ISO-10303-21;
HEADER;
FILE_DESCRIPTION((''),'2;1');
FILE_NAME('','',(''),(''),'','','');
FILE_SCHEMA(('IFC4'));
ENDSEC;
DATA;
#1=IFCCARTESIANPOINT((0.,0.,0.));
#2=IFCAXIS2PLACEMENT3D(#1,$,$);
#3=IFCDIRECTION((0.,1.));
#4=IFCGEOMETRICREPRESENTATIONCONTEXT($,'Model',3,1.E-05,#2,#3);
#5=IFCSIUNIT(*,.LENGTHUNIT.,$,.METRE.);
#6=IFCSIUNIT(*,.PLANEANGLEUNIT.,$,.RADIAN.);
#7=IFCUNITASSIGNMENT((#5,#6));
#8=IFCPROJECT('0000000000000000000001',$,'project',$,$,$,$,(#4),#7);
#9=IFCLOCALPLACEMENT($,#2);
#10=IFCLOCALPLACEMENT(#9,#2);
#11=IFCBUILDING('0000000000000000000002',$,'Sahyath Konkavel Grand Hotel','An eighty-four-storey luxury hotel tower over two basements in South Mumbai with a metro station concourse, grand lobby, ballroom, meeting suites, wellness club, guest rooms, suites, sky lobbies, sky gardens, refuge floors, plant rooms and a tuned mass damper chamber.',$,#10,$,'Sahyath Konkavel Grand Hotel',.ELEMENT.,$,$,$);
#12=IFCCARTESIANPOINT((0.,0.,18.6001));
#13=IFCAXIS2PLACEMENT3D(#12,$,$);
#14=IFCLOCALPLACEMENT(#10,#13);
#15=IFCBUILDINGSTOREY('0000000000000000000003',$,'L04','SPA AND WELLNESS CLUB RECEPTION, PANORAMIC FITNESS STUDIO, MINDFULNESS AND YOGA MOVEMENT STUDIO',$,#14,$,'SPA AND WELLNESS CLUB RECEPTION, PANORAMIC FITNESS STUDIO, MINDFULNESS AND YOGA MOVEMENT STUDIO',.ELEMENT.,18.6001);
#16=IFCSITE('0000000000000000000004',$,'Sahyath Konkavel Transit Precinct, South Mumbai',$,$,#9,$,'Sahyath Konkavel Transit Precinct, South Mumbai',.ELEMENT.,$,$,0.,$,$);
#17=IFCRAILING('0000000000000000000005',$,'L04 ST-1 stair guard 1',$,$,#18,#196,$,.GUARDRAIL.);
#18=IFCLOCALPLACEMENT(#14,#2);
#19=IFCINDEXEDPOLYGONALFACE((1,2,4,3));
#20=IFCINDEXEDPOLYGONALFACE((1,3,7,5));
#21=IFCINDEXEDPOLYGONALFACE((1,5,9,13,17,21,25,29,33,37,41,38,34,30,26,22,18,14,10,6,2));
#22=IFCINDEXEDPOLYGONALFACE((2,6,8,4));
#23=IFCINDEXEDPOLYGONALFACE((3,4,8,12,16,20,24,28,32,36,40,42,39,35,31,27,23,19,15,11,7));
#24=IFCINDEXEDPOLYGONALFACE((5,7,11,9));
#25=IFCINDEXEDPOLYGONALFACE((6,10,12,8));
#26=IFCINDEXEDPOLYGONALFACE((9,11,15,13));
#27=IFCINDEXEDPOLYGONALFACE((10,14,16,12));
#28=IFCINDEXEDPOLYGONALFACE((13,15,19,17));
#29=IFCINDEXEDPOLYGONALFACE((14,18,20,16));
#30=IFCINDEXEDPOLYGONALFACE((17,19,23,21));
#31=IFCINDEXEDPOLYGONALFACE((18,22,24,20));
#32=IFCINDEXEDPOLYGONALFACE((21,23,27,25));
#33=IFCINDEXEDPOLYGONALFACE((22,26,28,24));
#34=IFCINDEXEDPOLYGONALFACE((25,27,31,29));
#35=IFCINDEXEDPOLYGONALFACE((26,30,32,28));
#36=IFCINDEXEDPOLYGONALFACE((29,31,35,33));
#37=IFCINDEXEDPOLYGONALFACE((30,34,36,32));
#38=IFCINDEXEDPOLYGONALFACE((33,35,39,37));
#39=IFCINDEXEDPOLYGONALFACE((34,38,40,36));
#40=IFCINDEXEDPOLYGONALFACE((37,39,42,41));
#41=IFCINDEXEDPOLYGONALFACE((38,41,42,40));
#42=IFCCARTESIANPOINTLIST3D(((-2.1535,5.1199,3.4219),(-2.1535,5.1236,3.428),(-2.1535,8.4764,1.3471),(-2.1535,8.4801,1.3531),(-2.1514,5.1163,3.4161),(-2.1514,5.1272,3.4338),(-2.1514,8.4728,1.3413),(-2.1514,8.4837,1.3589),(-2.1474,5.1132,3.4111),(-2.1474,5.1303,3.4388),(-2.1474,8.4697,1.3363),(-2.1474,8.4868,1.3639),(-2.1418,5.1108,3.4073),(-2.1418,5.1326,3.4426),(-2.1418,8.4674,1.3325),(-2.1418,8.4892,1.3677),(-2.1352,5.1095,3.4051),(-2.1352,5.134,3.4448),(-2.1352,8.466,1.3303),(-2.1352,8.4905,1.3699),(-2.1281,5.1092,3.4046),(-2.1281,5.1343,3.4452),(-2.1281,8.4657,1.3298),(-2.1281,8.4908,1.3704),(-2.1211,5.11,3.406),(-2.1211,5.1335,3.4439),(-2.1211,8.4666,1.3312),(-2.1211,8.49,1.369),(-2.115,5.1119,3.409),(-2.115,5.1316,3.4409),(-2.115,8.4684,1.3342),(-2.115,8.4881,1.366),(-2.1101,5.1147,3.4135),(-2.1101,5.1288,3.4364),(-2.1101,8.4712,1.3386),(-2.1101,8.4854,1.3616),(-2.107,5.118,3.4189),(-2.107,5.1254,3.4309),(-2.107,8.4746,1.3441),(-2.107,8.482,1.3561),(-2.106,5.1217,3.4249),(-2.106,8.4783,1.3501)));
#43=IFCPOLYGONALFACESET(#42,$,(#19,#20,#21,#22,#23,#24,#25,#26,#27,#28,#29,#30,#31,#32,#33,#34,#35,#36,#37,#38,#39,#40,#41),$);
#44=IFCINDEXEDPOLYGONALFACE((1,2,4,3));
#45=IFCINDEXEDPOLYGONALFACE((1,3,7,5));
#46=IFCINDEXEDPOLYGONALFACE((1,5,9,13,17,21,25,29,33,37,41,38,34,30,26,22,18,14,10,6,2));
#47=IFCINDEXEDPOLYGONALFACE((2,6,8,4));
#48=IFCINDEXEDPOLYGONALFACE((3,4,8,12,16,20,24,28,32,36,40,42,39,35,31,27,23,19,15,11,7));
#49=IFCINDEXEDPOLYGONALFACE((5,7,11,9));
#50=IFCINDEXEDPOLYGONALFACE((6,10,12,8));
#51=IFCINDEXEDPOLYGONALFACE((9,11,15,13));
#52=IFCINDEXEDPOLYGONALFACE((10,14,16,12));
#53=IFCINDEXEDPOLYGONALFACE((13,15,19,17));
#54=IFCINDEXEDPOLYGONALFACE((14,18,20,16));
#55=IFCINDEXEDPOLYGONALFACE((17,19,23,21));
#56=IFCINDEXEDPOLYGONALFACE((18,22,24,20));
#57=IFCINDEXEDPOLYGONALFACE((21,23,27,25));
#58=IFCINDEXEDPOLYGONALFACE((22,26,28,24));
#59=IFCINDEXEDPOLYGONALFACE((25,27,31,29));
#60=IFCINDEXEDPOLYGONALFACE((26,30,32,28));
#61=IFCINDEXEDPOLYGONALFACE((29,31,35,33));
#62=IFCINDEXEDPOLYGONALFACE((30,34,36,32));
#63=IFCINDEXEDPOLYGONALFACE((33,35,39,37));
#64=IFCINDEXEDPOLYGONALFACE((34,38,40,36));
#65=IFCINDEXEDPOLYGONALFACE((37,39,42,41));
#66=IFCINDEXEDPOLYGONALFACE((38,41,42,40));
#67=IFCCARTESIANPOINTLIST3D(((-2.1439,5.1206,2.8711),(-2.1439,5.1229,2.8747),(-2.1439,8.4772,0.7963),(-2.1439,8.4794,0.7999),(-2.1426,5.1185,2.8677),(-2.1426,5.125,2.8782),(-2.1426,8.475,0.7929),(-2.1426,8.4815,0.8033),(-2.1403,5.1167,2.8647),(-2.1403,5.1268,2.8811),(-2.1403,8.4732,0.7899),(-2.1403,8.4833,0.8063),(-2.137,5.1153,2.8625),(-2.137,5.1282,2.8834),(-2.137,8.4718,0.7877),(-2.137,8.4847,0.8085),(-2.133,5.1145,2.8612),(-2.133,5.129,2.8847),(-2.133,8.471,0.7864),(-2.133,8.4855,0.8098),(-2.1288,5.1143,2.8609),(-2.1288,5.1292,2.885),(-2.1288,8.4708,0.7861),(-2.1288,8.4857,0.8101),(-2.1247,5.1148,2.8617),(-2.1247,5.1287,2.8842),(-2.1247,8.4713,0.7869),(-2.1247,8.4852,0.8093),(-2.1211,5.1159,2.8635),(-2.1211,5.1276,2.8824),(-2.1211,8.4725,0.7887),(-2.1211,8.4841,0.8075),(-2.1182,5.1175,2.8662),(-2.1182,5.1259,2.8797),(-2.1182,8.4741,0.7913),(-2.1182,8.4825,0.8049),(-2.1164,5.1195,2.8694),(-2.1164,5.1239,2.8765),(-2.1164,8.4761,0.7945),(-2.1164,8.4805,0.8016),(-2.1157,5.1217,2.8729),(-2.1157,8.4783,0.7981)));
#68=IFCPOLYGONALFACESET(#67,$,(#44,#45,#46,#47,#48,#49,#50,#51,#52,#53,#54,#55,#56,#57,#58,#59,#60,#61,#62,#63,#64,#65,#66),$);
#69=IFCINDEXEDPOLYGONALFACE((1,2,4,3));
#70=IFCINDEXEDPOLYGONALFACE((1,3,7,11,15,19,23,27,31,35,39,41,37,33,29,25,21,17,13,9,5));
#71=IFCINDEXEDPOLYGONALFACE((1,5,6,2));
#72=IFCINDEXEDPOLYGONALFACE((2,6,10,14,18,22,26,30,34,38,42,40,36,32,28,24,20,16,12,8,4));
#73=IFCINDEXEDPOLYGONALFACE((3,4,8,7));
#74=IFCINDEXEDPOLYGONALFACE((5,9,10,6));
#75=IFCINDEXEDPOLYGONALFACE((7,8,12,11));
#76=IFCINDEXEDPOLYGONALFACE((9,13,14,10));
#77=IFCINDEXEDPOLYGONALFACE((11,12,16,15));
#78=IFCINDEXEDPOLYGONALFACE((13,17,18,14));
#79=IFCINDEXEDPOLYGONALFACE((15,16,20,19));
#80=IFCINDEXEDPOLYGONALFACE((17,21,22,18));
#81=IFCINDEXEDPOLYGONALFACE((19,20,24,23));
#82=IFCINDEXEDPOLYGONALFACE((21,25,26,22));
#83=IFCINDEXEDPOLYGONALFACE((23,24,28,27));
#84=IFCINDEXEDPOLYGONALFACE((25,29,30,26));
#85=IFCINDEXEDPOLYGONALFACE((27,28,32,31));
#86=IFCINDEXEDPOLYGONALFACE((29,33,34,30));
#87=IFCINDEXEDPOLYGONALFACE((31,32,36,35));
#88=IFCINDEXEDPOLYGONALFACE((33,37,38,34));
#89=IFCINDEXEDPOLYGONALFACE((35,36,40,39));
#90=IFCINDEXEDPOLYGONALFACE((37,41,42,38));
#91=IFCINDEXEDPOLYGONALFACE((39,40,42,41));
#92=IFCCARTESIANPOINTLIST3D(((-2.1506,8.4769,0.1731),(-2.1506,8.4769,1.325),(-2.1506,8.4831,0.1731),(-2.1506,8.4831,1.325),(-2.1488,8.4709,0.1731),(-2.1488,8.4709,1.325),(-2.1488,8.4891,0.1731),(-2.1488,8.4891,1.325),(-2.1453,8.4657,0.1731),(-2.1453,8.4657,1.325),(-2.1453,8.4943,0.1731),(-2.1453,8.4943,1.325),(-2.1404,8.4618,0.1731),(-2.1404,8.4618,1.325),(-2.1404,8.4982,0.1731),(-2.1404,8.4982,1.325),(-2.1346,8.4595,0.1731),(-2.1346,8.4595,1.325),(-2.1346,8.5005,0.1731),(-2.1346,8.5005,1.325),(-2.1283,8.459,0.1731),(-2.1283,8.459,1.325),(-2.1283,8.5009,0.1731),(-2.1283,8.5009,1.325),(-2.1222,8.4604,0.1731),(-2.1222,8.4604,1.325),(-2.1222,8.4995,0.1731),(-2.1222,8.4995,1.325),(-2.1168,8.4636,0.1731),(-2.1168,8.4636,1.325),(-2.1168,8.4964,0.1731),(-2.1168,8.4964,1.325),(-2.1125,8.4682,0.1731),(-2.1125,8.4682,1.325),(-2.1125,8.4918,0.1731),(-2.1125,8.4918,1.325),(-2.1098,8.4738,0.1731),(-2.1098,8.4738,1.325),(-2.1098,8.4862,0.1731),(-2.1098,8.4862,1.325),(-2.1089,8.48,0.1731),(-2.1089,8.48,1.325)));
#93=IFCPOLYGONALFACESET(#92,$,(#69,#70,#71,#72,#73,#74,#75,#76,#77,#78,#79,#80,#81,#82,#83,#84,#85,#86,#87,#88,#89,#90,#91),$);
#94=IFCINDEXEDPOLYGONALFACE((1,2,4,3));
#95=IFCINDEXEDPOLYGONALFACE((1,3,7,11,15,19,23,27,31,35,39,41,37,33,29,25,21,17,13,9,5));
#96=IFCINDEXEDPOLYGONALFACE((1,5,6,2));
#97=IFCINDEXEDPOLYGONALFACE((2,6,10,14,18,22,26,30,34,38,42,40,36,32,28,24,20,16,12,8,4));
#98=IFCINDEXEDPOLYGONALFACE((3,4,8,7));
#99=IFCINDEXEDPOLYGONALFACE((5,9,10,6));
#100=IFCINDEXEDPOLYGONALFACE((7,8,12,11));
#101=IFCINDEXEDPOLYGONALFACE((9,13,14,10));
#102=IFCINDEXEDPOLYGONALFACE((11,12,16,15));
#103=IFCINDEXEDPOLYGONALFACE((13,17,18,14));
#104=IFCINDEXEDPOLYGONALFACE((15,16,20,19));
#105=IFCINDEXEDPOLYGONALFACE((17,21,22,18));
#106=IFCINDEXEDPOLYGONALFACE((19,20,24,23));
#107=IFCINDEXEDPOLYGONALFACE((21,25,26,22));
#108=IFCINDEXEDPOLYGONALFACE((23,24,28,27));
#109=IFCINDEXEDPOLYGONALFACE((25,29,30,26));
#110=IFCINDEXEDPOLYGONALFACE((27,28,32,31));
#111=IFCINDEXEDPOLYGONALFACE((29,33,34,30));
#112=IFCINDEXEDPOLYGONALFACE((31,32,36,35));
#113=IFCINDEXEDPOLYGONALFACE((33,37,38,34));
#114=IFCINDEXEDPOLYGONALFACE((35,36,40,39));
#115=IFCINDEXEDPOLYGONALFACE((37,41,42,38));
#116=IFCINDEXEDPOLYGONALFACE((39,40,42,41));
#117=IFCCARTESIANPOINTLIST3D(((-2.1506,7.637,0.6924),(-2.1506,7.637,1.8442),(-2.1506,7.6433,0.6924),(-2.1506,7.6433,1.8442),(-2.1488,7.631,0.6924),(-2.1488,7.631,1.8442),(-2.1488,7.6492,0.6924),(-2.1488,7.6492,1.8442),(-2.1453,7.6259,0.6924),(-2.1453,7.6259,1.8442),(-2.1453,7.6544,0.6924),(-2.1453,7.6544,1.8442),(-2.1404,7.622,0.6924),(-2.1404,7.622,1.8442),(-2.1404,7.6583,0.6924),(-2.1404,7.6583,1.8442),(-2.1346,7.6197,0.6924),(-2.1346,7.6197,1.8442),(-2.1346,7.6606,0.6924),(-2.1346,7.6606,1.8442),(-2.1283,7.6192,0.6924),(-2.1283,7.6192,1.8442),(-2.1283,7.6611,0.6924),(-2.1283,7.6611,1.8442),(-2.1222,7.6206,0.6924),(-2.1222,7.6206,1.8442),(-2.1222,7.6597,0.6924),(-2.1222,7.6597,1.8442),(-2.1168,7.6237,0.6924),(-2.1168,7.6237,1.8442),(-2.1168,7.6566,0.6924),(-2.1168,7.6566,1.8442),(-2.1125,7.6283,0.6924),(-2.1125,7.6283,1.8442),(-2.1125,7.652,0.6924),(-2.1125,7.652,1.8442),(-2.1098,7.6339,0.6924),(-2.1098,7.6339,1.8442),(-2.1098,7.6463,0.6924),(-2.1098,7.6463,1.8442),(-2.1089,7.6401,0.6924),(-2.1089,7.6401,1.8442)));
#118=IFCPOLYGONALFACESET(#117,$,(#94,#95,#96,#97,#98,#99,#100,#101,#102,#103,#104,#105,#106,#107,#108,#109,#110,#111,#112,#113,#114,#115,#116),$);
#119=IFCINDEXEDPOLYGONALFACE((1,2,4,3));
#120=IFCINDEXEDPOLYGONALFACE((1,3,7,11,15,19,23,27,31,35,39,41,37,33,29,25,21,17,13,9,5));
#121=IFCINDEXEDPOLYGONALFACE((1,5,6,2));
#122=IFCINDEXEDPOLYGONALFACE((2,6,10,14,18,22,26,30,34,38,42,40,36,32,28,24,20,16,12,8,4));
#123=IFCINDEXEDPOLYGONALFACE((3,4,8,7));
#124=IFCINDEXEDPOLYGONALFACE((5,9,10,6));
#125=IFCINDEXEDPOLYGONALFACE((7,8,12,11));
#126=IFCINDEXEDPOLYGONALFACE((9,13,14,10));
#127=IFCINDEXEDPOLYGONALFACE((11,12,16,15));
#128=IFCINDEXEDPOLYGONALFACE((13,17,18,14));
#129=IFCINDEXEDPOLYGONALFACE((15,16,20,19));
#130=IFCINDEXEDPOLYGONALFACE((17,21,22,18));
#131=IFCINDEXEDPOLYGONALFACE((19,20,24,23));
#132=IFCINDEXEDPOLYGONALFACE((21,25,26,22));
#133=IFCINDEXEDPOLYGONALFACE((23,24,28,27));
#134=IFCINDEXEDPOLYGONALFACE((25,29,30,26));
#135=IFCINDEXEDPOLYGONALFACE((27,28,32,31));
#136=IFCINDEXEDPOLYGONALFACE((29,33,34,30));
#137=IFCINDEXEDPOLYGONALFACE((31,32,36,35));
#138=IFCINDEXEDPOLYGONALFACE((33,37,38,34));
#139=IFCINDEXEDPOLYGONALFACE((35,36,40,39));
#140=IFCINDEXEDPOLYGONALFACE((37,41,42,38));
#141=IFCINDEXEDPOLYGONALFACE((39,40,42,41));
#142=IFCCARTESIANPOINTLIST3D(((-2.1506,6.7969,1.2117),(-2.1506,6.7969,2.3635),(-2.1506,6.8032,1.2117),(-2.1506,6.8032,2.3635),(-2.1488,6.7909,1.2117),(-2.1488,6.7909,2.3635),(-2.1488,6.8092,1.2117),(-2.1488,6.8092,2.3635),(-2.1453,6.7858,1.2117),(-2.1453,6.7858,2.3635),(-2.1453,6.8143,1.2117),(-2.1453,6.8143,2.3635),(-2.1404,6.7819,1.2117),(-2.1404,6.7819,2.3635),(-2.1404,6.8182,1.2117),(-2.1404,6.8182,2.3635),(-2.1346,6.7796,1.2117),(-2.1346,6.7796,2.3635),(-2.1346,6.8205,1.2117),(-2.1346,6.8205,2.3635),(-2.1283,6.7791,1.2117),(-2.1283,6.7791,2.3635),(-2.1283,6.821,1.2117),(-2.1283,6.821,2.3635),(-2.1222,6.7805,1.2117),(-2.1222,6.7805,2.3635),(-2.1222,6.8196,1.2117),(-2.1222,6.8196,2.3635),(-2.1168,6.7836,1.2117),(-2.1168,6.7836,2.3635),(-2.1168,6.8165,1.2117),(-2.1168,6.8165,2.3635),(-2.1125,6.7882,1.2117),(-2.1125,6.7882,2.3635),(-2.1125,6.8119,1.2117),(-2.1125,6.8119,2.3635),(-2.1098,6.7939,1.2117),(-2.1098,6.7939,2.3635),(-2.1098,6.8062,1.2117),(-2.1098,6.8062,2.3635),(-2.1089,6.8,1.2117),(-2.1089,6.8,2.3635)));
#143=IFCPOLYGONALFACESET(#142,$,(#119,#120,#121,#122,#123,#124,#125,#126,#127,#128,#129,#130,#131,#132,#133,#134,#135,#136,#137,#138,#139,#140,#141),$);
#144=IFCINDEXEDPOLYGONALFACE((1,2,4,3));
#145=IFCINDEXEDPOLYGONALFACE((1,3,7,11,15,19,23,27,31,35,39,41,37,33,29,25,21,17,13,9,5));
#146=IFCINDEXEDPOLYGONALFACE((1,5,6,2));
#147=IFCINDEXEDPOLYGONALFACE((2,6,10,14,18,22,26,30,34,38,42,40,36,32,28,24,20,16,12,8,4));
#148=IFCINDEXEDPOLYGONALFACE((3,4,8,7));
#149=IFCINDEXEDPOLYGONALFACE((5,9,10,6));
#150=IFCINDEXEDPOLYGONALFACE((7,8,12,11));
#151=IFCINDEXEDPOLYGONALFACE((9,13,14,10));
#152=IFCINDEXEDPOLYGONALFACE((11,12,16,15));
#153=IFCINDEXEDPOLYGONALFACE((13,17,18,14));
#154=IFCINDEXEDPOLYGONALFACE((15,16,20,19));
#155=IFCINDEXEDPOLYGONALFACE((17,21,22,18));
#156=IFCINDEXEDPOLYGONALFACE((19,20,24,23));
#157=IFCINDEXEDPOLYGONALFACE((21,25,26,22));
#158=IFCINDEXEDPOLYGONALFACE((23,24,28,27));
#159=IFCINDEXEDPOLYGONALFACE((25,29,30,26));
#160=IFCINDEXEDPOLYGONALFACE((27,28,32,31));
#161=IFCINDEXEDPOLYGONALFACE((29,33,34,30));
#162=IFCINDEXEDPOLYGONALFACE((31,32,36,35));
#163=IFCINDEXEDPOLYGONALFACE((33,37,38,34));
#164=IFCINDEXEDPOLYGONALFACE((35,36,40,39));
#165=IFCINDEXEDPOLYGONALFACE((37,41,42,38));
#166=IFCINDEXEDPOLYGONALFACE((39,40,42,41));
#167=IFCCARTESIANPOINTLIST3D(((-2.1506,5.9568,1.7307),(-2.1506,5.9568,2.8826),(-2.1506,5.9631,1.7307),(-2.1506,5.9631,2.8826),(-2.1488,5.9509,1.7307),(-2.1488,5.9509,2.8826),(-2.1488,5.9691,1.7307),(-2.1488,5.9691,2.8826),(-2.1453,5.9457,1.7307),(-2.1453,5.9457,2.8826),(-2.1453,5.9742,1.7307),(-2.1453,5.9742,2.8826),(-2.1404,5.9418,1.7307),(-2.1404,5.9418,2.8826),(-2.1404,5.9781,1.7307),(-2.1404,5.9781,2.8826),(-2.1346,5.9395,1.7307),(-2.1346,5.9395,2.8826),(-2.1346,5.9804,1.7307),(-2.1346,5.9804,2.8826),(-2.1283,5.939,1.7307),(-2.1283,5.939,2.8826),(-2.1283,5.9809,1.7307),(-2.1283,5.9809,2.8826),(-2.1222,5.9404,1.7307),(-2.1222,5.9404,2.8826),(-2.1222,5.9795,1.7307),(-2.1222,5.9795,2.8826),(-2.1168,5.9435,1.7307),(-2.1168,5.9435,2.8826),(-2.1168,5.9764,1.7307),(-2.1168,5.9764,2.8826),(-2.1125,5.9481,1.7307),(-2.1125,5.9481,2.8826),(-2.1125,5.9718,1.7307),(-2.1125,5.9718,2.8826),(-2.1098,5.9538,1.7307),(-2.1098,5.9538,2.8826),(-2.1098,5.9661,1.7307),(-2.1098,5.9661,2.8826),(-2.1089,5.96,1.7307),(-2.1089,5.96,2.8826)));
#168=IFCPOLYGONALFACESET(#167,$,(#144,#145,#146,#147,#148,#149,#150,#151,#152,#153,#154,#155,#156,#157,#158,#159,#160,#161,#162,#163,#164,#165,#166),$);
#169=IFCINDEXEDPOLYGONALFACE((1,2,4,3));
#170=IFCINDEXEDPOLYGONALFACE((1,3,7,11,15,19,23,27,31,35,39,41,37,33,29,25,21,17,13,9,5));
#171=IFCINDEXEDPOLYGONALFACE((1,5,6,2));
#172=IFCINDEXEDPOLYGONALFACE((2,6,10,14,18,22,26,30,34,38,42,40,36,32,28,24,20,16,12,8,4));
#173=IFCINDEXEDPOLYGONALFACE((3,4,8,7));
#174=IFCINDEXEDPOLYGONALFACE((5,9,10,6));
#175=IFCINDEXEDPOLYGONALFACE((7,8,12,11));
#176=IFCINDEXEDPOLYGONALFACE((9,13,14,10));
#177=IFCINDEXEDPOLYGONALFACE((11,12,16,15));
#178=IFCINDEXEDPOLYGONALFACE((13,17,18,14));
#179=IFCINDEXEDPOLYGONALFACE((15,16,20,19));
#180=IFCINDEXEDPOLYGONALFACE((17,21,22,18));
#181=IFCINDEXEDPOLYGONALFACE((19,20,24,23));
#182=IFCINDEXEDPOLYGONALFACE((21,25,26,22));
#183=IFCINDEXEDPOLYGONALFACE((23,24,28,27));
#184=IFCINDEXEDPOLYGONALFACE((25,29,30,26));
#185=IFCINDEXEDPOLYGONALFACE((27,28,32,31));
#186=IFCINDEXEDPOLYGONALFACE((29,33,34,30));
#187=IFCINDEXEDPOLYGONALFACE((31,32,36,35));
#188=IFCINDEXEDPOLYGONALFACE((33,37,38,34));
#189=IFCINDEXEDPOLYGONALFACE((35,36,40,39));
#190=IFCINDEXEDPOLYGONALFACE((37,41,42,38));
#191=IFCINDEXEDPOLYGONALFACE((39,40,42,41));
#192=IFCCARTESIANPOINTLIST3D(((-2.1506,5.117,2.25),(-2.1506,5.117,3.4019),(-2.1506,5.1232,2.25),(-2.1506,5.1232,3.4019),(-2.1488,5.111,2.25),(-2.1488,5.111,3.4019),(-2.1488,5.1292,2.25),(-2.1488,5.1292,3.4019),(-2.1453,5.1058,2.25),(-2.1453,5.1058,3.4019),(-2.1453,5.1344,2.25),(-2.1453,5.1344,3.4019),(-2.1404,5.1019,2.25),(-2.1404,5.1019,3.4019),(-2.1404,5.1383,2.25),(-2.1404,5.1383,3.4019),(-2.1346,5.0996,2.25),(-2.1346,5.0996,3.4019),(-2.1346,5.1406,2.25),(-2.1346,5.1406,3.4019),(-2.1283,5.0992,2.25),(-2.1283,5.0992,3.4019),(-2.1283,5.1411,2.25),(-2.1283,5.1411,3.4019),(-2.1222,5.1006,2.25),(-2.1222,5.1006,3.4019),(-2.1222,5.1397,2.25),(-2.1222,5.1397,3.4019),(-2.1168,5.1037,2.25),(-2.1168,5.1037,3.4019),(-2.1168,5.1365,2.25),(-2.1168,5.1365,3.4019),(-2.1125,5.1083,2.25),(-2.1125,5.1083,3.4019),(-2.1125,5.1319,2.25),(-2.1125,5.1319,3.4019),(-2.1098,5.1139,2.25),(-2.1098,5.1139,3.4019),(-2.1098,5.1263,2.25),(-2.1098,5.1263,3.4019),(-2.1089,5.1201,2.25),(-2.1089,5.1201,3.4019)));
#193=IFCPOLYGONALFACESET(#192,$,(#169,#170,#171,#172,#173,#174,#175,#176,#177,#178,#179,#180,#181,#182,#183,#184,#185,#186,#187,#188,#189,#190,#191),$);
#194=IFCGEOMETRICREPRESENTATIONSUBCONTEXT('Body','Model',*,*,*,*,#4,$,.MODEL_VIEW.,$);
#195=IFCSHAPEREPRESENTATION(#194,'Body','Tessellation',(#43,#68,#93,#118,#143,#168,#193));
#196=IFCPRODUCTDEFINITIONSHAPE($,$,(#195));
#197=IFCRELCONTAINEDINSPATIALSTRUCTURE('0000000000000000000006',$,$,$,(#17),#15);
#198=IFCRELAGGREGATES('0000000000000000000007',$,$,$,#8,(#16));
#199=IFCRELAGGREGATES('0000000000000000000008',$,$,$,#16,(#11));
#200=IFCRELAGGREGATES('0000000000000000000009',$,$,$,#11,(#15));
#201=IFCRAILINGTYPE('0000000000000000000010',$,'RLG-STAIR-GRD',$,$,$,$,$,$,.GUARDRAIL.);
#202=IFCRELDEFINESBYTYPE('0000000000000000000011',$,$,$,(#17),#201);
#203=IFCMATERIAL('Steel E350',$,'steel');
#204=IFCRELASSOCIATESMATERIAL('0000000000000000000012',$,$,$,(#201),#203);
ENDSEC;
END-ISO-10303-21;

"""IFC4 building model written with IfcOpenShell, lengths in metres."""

from ifc_helpers import new_model, si_unit, direction, frame, origin, origin_2d, place, context, subcontext, project, spatial, circle, extrude, material, type_object, element, save


model = new_model("IFC4")

# Units and contexts
model_context = context("Model", 3, precision=1e-05, world=origin(), true_north=direction((0.0, 1.0)))
body_context = subcontext(model_context, "Body", "Model", "MODEL_VIEW")
ifc_project = project(units=[si_unit("LENGTHUNIT", "METRE"), si_unit("PLANEANGLEUNIT", "RADIAN")], contexts=[model_context])

# Site, building, storey
site_placement = place(None, origin())
site = spatial("IfcSite", under=ifc_project, at=site_placement, Name="Sahyath Konkavel Transit Precinct, South Mumbai", LongName="Sahyath Konkavel Transit Precinct, South Mumbai", CompositionType="ELEMENT", RefElevation=0.0)
building_placement = place(site_placement, origin())
building = spatial("IfcBuilding", under=site, at=building_placement, Name="Sahyath Konkavel Grand Hotel", Description="An eighty-four-storey luxury hotel tower over two basements in South Mumbai with a metro station concourse, grand lobby, ballroom, meeting suites, wellness club, guest rooms, suites, sky lobbies, sky gardens, refuge floors, plant rooms and a tuned mass damper chamber.", LongName="Sahyath Konkavel Grand Hotel", CompositionType="ELEMENT")
storey_placement = place(building_placement, frame((0.0, 0.0, 18.6001)))
storey = spatial("IfcBuildingStorey", under=building, at=storey_placement, Name="L04", Description="SPA AND WELLNESS CLUB RECEPTION, PANORAMIC FITNESS STUDIO, MINDFULNESS AND YOGA MOVEMENT STUDIO", LongName="SPA AND WELLNESS CLUB RECEPTION, PANORAMIC FITNESS STUDIO, MINDFULNESS AND YOGA MOVEMENT STUDIO", CompositionType="ELEMENT", Elevation=18.6001)

# Shared definitions
ifc_material_1 = material(Name="Steel E350", Category="steel")

# Railing
railing_type_1 = type_object("IfcRailingType", Name="RLG-STAIR-GRD", PredefinedType="GUARDRAIL", material=ifc_material_1)
railing_1_placement = place(storey_placement, frame((-2.1299, 8.48, 0.1731)))
element("IfcRailing", 1, at=railing_1_placement, inside=storey, type_object=railing_type_1, Name="L04 ST-1 stair guard 1", PredefinedType="GUARDRAIL", context=body_context, shape_type="SweptSolid", body=[
    extrude(circle(Radius=0.0239, at=origin_2d()), frame((0.0, -0.0017, 1.177), z_axis=(0.0, -0.850606, 0.525803), x_axis=(1.0, 0.0, 0.0)), (0.0, 0.0, 1.0), 3.946),
    extrude(circle(Radius=0.0142, at=origin_2d()), frame((0.0, -0.0017, 0.625), z_axis=(0.0, -0.850606, 0.525803), x_axis=(1.0, 0.0, 0.0)), (0.0, 0.0, 1.0), 3.946),
    extrude(circle(Radius=0.021, at=origin_2d()), origin(), (0.0, 0.0, 1.0), 1.1519),
    extrude(circle(Radius=0.021, at=origin_2d()), frame((0.0, -0.8398, 0.5193)), (0.0, 0.0, 1.0), 1.1519),
    extrude(circle(Radius=0.021, at=origin_2d()), frame((0.0, -1.6799, 1.0386)), (0.0, 0.0, 1.0), 1.1519),
    extrude(circle(Radius=0.021, at=origin_2d()), frame((0.0, -2.52, 1.5576)), (0.0, 0.0, 1.0), 1.1519),
    extrude(circle(Radius=0.021, at=origin_2d()), frame((0.0, -3.3599, 2.0769)), (0.0, 0.0, 1.0), 1.1519),
])

save(model, "model.ifc")
